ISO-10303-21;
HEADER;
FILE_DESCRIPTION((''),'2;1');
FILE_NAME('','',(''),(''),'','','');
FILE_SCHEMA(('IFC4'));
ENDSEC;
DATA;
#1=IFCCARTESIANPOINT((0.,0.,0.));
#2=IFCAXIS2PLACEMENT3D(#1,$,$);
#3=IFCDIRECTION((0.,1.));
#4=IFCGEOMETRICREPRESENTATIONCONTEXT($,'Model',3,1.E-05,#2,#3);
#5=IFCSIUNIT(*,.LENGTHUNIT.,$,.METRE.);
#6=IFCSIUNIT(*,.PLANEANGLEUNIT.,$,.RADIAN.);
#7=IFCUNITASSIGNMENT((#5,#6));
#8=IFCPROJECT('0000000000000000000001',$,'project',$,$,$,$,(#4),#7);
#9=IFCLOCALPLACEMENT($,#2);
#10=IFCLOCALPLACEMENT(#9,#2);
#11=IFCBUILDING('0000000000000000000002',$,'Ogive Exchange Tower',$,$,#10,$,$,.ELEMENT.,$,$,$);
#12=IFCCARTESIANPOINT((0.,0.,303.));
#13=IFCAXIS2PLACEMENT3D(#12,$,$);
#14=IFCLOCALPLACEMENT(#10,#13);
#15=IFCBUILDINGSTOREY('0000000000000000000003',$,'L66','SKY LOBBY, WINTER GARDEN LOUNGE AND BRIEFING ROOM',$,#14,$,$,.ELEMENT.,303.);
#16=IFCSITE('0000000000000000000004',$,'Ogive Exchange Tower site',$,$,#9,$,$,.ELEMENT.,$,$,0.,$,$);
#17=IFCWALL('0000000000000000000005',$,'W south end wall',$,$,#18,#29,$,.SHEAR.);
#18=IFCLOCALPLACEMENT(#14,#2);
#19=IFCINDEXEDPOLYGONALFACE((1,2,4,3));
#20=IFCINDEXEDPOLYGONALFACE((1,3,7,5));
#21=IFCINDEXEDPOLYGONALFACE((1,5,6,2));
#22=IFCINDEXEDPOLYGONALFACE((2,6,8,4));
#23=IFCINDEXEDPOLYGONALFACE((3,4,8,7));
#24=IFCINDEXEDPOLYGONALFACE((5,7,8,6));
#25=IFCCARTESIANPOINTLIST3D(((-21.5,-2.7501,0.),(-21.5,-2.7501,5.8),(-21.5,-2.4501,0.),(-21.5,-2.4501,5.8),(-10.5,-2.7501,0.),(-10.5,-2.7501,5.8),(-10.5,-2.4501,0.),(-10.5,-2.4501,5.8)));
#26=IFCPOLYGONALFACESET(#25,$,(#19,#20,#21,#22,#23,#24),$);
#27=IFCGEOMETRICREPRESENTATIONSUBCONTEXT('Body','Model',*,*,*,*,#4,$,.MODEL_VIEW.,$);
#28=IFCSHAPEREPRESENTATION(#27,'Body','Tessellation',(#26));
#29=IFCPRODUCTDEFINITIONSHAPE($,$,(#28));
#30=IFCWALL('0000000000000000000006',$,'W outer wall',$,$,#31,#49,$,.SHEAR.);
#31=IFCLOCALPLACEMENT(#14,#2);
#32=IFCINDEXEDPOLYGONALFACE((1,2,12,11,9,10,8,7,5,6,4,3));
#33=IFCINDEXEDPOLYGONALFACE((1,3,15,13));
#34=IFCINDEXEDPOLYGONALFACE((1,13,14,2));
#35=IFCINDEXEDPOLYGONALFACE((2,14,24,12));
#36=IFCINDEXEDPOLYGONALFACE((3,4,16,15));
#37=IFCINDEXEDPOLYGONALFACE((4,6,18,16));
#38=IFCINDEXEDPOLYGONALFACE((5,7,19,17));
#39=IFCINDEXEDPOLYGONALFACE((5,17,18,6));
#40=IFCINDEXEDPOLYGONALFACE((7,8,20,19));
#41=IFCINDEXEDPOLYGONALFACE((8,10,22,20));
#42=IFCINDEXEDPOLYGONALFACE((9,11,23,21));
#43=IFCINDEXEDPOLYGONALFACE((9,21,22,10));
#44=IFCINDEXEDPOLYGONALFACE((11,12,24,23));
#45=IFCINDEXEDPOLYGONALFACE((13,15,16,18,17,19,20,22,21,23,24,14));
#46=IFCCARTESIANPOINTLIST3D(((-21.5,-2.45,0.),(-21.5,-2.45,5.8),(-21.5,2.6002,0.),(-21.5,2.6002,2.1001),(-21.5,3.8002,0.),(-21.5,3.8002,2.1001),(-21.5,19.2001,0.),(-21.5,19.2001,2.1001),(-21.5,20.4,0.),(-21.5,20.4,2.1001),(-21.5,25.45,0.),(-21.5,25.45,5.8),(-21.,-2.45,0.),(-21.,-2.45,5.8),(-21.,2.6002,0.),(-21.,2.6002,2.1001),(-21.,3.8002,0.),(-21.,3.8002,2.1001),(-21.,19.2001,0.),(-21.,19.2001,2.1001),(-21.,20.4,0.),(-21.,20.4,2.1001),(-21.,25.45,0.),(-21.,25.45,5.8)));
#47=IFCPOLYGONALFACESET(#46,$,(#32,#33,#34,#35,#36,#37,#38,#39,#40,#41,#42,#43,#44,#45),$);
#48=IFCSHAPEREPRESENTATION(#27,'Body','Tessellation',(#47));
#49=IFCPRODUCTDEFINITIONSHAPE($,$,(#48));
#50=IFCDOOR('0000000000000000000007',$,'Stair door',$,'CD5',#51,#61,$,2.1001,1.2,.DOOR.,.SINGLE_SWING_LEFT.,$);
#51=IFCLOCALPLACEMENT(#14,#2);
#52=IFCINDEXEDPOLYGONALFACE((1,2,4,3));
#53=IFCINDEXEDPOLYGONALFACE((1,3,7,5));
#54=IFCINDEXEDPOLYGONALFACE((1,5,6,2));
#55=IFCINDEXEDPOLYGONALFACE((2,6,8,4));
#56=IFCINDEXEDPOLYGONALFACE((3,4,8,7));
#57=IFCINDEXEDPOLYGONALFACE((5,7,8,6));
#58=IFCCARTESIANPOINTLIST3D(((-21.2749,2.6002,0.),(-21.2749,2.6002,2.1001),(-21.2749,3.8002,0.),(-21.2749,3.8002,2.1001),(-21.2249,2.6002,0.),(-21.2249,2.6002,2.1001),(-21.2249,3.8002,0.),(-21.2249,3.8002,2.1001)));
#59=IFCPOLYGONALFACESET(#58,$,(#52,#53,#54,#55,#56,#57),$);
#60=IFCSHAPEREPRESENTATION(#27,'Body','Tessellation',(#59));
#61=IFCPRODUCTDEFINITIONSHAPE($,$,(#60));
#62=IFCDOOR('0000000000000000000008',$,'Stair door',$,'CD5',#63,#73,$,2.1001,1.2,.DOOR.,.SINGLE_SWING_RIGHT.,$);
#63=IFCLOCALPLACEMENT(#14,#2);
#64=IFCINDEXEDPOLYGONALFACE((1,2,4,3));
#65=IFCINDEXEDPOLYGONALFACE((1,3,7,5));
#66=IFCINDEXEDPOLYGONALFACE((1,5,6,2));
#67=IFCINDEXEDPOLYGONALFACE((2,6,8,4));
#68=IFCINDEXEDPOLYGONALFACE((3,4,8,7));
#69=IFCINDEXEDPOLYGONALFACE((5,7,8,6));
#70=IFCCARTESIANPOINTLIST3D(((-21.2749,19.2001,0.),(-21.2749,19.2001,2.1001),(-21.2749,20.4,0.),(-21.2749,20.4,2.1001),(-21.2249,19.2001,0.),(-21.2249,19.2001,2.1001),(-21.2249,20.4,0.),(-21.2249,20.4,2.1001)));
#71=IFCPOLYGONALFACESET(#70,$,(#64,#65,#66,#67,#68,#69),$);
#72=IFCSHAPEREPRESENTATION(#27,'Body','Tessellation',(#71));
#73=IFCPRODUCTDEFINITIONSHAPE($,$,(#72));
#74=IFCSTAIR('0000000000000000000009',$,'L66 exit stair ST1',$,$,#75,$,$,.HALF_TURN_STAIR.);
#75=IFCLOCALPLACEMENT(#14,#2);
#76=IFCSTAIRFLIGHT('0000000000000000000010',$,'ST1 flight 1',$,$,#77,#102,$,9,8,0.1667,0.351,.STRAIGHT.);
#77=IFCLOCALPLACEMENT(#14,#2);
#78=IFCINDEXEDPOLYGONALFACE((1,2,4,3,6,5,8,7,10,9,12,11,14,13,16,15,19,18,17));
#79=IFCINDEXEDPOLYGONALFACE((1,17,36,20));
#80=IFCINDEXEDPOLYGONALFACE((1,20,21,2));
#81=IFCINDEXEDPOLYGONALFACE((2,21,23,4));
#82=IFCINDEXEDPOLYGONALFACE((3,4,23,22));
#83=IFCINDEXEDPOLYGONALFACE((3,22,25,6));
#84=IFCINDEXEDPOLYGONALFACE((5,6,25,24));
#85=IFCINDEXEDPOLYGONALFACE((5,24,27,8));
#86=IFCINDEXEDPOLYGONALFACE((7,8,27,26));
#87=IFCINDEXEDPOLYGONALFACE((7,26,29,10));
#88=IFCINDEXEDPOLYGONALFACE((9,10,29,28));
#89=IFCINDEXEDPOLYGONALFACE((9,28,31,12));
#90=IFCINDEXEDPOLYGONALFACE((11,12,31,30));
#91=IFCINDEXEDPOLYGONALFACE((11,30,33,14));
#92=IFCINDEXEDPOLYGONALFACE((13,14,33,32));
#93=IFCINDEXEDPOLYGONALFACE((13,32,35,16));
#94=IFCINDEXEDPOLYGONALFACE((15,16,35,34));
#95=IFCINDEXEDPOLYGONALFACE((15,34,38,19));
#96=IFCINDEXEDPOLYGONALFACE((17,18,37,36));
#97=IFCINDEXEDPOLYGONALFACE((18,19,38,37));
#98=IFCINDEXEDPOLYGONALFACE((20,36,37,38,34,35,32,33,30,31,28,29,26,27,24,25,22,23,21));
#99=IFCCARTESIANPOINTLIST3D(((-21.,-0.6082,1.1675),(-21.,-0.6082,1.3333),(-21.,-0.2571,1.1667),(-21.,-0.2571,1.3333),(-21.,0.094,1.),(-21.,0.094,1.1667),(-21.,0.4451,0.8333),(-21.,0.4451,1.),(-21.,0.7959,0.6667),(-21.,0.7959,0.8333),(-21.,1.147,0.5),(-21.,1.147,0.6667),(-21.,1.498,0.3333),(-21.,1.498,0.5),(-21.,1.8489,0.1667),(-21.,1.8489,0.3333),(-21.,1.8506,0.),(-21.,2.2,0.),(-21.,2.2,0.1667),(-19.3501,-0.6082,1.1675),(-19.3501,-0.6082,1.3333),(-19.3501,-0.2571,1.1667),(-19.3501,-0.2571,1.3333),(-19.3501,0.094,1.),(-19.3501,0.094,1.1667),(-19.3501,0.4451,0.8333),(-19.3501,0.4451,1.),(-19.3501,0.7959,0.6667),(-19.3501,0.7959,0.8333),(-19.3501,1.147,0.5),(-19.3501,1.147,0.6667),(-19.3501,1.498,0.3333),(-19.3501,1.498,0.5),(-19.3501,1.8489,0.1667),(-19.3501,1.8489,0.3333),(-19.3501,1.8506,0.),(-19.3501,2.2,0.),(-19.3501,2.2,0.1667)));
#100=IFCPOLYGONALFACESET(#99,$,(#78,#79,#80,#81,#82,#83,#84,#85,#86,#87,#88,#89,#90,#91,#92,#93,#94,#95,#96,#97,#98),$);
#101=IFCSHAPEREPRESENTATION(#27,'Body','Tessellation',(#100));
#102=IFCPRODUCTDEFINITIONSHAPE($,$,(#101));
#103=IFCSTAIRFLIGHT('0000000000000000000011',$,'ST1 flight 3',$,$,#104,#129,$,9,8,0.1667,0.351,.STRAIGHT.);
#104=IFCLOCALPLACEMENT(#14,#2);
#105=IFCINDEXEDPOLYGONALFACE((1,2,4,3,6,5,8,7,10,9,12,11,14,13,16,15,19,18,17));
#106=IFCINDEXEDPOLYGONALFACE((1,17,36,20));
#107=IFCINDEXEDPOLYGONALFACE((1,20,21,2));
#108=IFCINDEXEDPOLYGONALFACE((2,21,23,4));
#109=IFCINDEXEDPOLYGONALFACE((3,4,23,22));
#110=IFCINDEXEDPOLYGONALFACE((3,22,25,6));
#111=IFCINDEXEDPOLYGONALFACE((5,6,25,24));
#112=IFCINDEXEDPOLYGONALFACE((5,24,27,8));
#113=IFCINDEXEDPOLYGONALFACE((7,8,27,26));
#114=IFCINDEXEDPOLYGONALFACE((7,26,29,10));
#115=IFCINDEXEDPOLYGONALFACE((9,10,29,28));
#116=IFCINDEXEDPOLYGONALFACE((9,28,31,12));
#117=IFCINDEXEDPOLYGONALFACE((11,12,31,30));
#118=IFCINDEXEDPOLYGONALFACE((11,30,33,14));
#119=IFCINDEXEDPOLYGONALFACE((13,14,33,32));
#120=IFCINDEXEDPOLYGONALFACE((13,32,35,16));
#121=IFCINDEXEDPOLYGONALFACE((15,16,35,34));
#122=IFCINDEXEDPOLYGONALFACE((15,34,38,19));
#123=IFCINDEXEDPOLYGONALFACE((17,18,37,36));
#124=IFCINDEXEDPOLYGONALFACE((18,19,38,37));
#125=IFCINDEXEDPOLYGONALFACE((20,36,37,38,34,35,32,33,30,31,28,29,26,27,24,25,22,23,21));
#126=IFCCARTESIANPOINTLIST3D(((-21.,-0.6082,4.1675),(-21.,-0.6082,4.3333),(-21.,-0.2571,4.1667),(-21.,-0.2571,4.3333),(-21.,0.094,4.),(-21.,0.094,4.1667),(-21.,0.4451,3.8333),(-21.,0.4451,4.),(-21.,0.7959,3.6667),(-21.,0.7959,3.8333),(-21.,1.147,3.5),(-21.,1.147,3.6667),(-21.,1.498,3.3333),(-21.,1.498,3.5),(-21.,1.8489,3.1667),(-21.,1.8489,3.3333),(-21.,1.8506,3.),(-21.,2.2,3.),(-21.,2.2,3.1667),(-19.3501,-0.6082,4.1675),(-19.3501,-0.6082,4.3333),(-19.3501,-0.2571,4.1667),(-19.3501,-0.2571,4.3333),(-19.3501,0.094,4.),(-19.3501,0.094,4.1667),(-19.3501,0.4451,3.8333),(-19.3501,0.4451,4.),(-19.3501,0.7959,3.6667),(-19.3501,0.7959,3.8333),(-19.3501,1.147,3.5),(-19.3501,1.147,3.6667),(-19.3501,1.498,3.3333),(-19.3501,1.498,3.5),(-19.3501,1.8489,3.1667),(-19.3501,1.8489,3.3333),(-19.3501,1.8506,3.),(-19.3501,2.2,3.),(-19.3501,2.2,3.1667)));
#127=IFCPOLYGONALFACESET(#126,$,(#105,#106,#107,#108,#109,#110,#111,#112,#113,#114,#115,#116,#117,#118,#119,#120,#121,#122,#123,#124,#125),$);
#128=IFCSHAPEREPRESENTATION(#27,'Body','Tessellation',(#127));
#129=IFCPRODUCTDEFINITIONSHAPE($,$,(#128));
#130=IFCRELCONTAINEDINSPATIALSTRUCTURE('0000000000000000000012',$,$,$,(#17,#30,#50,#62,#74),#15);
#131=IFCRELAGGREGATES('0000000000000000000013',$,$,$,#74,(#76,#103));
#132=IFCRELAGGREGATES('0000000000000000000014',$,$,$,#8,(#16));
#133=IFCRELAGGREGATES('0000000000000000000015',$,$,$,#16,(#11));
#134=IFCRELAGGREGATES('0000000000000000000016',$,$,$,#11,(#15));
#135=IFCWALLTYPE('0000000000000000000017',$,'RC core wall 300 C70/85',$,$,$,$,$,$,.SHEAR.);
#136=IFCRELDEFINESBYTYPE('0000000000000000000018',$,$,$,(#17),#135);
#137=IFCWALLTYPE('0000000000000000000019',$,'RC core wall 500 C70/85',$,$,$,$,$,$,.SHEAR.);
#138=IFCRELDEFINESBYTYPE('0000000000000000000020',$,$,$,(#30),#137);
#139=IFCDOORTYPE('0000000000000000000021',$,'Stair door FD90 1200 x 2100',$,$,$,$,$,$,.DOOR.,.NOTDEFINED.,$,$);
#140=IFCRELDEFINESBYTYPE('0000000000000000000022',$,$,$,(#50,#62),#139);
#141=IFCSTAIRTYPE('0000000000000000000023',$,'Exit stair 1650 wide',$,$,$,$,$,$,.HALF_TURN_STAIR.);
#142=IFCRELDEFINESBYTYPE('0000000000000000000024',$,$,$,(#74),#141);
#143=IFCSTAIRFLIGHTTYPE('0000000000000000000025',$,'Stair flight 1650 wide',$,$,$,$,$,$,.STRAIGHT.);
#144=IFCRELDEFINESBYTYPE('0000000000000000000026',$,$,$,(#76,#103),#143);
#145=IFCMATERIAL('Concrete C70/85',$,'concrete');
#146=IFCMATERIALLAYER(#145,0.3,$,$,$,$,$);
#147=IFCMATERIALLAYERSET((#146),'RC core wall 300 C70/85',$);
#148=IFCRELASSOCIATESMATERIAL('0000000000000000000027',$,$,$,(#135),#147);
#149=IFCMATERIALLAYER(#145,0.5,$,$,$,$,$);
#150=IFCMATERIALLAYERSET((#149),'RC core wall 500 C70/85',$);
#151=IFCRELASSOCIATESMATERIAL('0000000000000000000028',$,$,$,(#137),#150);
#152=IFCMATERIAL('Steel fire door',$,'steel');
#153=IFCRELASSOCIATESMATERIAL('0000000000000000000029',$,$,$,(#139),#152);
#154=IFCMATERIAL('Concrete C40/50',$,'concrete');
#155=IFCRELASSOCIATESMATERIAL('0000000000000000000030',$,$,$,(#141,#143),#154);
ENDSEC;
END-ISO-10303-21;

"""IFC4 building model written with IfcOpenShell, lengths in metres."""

from ifc_helpers import new_model, si_unit, direction, frame, frame_2d, origin, place, context, subcontext, project, spatial, polyline, rectangle, outline, extrude, material, layer, layer_set, type_object, element, fill, aggregate, save


model = new_model("IFC4")

# Units and contexts
model_context = context("Model", 3, precision=1e-05, world=origin(), true_north=direction((0.0, 1.0)))
body_context = subcontext(model_context, "Body", "Model", "MODEL_VIEW")
ifc_project = project(units=[si_unit("LENGTHUNIT", "METRE"), si_unit("PLANEANGLEUNIT", "RADIAN")], contexts=[model_context])

# Site, building, storey
site_placement = place(None, origin())
site = spatial("IfcSite", under=ifc_project, at=site_placement, Name="Ogive Exchange Tower site", CompositionType="ELEMENT", RefElevation=0.0)
building_placement = place(site_placement, origin())
building = spatial("IfcBuilding", under=site, at=building_placement, Name="Ogive Exchange Tower", CompositionType="ELEMENT")
storey_placement = place(building_placement, frame((0.0, 0.0, 303.0)))
storey = spatial("IfcBuildingStorey", under=building, at=storey_placement, Name="L66", Description="SKY LOBBY, WINTER GARDEN LOUNGE AND BRIEFING ROOM", CompositionType="ELEMENT", Elevation=303.0)

# Wall
ifc_material_1 = material(Name="Concrete C70/85", Category="concrete")
ifc_layer_1 = layer(ifc_material_1, 0.3)
ifc_layer_set_1 = layer_set([ifc_layer_1], Name="RC core wall 300 C70/85")
wall_type_1 = type_object("IfcWallType", Name="RC core wall 300 C70/85", PredefinedType="SHEAR", material=ifc_layer_set_1)
wall_1_placement = place(storey_placement, frame((-21.5, -2.6001, 0.0), z_axis=(0.0, 0.0, 1.0), x_axis=(1.0, 0.0, 0.0)))
element("IfcWall", 1, at=wall_1_placement, inside=storey, type_object=wall_type_1, Name="W south end wall", PredefinedType="SHEAR", context=body_context, shape_type="SweptSolid", body=[
    extrude(rectangle(XDim=11.0, YDim=0.3, at=frame_2d((5.5, 0.0))), origin(), (0.0, 0.0, 1.0), 5.8),
])

# Wall, openings, doors
ifc_layer_2 = layer(ifc_material_1, 0.5)
ifc_layer_set_2 = layer_set([ifc_layer_2], Name="RC core wall 500 C70/85")
wall_type_2 = type_object("IfcWallType", Name="RC core wall 500 C70/85", PredefinedType="SHEAR", material=ifc_layer_set_2)
wall_2_placement = place(storey_placement, frame((-21.25, -2.45, 0.0), z_axis=(0.0, 0.0, 1.0), x_axis=(0.0, 1.0, 0.0)))
wall_2 = element("IfcWall", 2, at=wall_2_placement, inside=storey, type_object=wall_type_2, Name="W outer wall", PredefinedType="SHEAR", context=body_context, shape_type="SweptSolid", body=[
    extrude(rectangle(XDim=27.8999, YDim=0.5, at=frame_2d((13.95, 0.0))), origin(), (0.0, 0.0, 1.0), 5.8),
])
opening_1_placement = place(wall_2_placement, frame((5.05, 0.0, 0.0)))
opening_1 = element("IfcOpeningElement", 3, at=opening_1_placement, cuts=wall_2, PredefinedType="OPENING", context=body_context, shape_type="SweptSolid", body=[
    extrude(rectangle(XDim=1.2, YDim=2.1001, at=frame_2d((0.6001, 1.05))), frame((0.0, 0.26, 0.0), z_axis=(0.0, -1.0, 0.0), x_axis=(1.0, 0.0, 0.0)), (0.0, 0.0, 1.0), 0.52),
])
opening_2_placement = place(wall_2_placement, frame((21.6499, 0.0, 0.0)))
opening_2 = element("IfcOpeningElement", 4, at=opening_2_placement, cuts=wall_2, PredefinedType="OPENING", context=body_context, shape_type="SweptSolid", body=[
    extrude(rectangle(XDim=1.2, YDim=2.1001, at=frame_2d((0.6001, 1.05))), frame((0.0, 0.26, 0.0), z_axis=(0.0, -1.0, 0.0), x_axis=(1.0, 0.0, 0.0)), (0.0, 0.0, 1.0), 0.52),
])
ifc_material_2 = material(Name="Steel fire door", Category="steel")
door_type = type_object("IfcDoorType", Name="Stair door FD90 1200 x 2100", OperationType="NOTDEFINED", PredefinedType="DOOR", material=ifc_material_2)
door_1_placement = place(opening_1_placement, origin())
door_1 = element("IfcDoor", 5, at=door_1_placement, inside=storey, type_object=door_type, Name="Stair door", ObjectType="CD5", OperationType="SINGLE_SWING_LEFT", OverallHeight=2.1001, OverallWidth=1.2, PredefinedType="DOOR", context=body_context, shape_type="SweptSolid", body=[
    extrude(rectangle(XDim=1.2, YDim=2.1001, at=frame_2d((0.6001, 1.05))), frame((0.0, 0.0249, 0.0), z_axis=(0.0, -1.0, 0.0), x_axis=(1.0, 0.0, 0.0)), (0.0, 0.0, 1.0), 0.05),
])
fill(opening_1, door_1)
door_2_placement = place(opening_2_placement, origin())
door_2 = element("IfcDoor", 6, at=door_2_placement, inside=storey, type_object=door_type, Name="Stair door", ObjectType="CD5", OperationType="SINGLE_SWING_RIGHT", OverallHeight=2.1001, OverallWidth=1.2, PredefinedType="DOOR", context=body_context, shape_type="SweptSolid", body=[
    extrude(rectangle(XDim=1.2, YDim=2.1001, at=frame_2d((0.6001, 1.05))), frame((0.0, 0.0249, 0.0), z_axis=(0.0, -1.0, 0.0), x_axis=(1.0, 0.0, 0.0)), (0.0, 0.0, 1.0), 0.05),
])
fill(opening_2, door_2)

# Stair, stair flights
ifc_material_3 = material(Name="Concrete C40/50", Category="concrete")
stair_type = type_object("IfcStairType", Name="Exit stair 1650 wide", PredefinedType="HALF_TURN_STAIR", material=ifc_material_3)
stair_placement = place(storey_placement, origin())
stair = element("IfcStair", 7, at=stair_placement, inside=storey, type_object=stair_type, Name="L66 exit stair ST1", PredefinedType="HALF_TURN_STAIR")
stair_flight_type = type_object("IfcStairFlightType", Name="Stair flight 1650 wide", PredefinedType="STRAIGHT", material=ifc_material_3)
stair_flight_1_placement = place(storey_placement, frame((-20.175, 2.2, 0.0), z_axis=(0.0, 0.0, 1.0), x_axis=(0.0, -1.0, 0.0)))
stair_flight_1 = element("IfcStairFlight", 8, at=stair_flight_1_placement, type_object=stair_flight_type, Name="ST1 flight 1", NumberOfRisers=9, NumberOfTreads=8, PredefinedType="STRAIGHT", RiserHeight=0.1667, TreadLength=0.351, context=body_context, shape_type="SweptSolid", body=[
    extrude(outline(polyline([(0.0, 0.0), (0.0, 0.1667), (0.3511, 0.1667), (0.3511, 0.3333), (0.7019, 0.3333), (0.7019, 0.5), (1.053, 0.5), (1.053, 0.6667), (1.4041, 0.6667), (1.4041, 0.8333), (1.7549, 0.8333), (1.7549, 1.0), (2.106, 1.0), (2.106, 1.1667), (2.457, 1.1667), (2.457, 1.3333), (2.8081, 1.3333), (2.8081, 1.5), (2.8081, 1.1675), (0.3494, 0.0), (0.0, 0.0)])), frame((0.0, 0.825, 0.0), z_axis=(0.0, -1.0, 0.0), x_axis=(1.0, 0.0, 0.0)), (0.0, 0.0, 1.0), 1.6499),
])
stair_flight_2_placement = place(storey_placement, frame((-20.175, 2.2, 3.0), z_axis=(0.0, 0.0, 1.0), x_axis=(0.0, -1.0, 0.0)))
stair_flight_2 = element("IfcStairFlight", 9, at=stair_flight_2_placement, type_object=stair_flight_type, Name="ST1 flight 3", NumberOfRisers=9, NumberOfTreads=8, PredefinedType="STRAIGHT", RiserHeight=0.1667, TreadLength=0.351, context=body_context, shape_type="SweptSolid", body=[
    extrude(outline(polyline([(0.0, 0.0), (0.0, 0.1667), (0.3511, 0.1667), (0.3511, 0.3333), (0.7019, 0.3333), (0.7019, 0.5), (1.053, 0.5), (1.053, 0.6667), (1.4041, 0.6667), (1.4041, 0.8333), (1.7549, 0.8333), (1.7549, 1.0), (2.106, 1.0), (2.106, 1.1667), (2.457, 1.1667), (2.457, 1.3333), (2.8081, 1.3333), (2.8081, 1.5), (2.8081, 1.1675), (0.3494, 0.0), (0.0, 0.0)])), frame((0.0, 0.825, 0.0), z_axis=(0.0, -1.0, 0.0), x_axis=(1.0, 0.0, 0.0)), (0.0, 0.0, 1.0), 1.6499),
])
aggregate(stair, [stair_flight_1, stair_flight_2])

save(model, "model.ifc")
